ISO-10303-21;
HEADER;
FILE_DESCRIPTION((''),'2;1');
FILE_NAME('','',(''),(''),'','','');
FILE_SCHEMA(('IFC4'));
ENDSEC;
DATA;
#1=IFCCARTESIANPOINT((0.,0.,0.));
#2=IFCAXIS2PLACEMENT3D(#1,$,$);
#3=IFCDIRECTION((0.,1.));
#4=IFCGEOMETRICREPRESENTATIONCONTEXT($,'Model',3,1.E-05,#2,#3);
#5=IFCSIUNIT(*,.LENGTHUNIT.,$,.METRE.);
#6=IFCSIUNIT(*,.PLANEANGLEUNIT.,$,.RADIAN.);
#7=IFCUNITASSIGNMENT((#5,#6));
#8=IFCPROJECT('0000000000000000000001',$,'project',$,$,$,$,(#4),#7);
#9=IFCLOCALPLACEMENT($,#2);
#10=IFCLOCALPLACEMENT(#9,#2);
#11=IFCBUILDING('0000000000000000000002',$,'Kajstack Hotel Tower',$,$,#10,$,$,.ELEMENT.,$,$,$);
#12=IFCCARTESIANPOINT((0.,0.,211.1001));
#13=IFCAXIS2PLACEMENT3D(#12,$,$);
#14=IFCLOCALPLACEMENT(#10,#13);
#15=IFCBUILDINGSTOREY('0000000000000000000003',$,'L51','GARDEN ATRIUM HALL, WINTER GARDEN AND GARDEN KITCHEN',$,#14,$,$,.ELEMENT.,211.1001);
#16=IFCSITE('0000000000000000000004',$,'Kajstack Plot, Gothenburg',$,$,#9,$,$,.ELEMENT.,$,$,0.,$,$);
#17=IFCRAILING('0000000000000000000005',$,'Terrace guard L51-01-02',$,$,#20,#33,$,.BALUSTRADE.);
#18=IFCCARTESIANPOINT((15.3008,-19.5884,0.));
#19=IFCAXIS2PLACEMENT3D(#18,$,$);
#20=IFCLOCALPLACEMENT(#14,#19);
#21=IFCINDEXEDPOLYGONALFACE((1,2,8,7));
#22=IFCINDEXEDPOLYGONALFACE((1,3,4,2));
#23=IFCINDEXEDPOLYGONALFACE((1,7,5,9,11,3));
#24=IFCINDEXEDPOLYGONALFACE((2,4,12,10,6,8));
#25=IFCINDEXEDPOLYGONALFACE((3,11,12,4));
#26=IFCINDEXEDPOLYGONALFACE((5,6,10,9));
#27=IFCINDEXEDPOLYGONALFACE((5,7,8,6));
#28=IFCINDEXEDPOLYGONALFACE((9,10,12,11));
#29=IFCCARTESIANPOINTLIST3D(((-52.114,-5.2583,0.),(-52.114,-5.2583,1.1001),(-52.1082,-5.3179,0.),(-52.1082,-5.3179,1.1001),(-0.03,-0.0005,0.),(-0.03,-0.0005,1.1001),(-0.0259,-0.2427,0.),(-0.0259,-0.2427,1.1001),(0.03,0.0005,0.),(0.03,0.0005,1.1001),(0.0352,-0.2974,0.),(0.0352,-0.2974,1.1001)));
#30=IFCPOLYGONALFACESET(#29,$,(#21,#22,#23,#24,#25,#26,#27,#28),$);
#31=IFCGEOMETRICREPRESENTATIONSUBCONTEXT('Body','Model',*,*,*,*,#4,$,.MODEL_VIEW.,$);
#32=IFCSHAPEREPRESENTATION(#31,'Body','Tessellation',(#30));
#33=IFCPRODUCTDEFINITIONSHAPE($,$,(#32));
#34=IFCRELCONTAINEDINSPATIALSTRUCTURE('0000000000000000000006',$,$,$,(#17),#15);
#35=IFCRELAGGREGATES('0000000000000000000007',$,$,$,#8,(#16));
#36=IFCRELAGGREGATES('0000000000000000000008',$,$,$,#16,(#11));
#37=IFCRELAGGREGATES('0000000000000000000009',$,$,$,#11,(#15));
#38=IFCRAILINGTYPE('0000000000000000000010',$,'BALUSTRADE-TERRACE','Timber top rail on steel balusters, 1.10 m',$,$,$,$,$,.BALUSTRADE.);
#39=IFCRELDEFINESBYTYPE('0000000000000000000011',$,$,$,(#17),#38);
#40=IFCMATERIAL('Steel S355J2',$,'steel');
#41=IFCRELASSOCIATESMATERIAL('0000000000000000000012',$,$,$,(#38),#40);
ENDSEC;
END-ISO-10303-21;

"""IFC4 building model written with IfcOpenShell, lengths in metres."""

from ifc_helpers import new_model, si_unit, direction, frame, origin, place, context, subcontext, project, spatial, polyline, outline, extrude, material, type_object, element, save


model = new_model("IFC4")

# Units and contexts
model_context = context("Model", 3, precision=1e-05, world=origin(), true_north=direction((0.0, 1.0)))
body_context = subcontext(model_context, "Body", "Model", "MODEL_VIEW")
ifc_project = project(units=[si_unit("LENGTHUNIT", "METRE"), si_unit("PLANEANGLEUNIT", "RADIAN")], contexts=[model_context])

# Site, building, storey
site_placement = place(None, origin())
site = spatial("IfcSite", under=ifc_project, at=site_placement, Name="Kajstack Plot, Gothenburg", CompositionType="ELEMENT", RefElevation=0.0)
building_placement = place(site_placement, origin())
building = spatial("IfcBuilding", under=site, at=building_placement, Name="Kajstack Hotel Tower", CompositionType="ELEMENT")
storey_placement = place(building_placement, frame((0.0, 0.0, 211.1001)))
storey = spatial("IfcBuildingStorey", under=building, at=storey_placement, Name="L51", Description="GARDEN ATRIUM HALL, WINTER GARDEN AND GARDEN KITCHEN", CompositionType="ELEMENT", Elevation=211.1001)

# Railing
ifc_material_1 = material(Name="Steel S355J2", Category="steel")
railing_type = type_object("IfcRailingType", Name="BALUSTRADE-TERRACE", Description="Timber top rail on steel balusters, 1.10 m", PredefinedType="BALUSTRADE", material=ifc_material_1)
railing_placement = place(storey_placement, frame((15.3008, -19.5884, 0.0)))
element("IfcRailing", 1, at=railing_placement, inside=storey, type_object=railing_type, Name="Terrace guard L51-01-02", PredefinedType="BALUSTRADE", context=body_context, shape_type="SweptSolid", body=[
    extrude(outline(polyline([(0.0352, -0.2974), (-52.1082, -5.3179), (-52.114, -5.2583), (-0.0259, -0.2427), (-0.03, -0.0005), (0.03, 0.0005), (0.0352, -0.2974)])), origin(), (0.0, 0.0, 1.0), 1.1001),
])

save(model, "model.ifc")
